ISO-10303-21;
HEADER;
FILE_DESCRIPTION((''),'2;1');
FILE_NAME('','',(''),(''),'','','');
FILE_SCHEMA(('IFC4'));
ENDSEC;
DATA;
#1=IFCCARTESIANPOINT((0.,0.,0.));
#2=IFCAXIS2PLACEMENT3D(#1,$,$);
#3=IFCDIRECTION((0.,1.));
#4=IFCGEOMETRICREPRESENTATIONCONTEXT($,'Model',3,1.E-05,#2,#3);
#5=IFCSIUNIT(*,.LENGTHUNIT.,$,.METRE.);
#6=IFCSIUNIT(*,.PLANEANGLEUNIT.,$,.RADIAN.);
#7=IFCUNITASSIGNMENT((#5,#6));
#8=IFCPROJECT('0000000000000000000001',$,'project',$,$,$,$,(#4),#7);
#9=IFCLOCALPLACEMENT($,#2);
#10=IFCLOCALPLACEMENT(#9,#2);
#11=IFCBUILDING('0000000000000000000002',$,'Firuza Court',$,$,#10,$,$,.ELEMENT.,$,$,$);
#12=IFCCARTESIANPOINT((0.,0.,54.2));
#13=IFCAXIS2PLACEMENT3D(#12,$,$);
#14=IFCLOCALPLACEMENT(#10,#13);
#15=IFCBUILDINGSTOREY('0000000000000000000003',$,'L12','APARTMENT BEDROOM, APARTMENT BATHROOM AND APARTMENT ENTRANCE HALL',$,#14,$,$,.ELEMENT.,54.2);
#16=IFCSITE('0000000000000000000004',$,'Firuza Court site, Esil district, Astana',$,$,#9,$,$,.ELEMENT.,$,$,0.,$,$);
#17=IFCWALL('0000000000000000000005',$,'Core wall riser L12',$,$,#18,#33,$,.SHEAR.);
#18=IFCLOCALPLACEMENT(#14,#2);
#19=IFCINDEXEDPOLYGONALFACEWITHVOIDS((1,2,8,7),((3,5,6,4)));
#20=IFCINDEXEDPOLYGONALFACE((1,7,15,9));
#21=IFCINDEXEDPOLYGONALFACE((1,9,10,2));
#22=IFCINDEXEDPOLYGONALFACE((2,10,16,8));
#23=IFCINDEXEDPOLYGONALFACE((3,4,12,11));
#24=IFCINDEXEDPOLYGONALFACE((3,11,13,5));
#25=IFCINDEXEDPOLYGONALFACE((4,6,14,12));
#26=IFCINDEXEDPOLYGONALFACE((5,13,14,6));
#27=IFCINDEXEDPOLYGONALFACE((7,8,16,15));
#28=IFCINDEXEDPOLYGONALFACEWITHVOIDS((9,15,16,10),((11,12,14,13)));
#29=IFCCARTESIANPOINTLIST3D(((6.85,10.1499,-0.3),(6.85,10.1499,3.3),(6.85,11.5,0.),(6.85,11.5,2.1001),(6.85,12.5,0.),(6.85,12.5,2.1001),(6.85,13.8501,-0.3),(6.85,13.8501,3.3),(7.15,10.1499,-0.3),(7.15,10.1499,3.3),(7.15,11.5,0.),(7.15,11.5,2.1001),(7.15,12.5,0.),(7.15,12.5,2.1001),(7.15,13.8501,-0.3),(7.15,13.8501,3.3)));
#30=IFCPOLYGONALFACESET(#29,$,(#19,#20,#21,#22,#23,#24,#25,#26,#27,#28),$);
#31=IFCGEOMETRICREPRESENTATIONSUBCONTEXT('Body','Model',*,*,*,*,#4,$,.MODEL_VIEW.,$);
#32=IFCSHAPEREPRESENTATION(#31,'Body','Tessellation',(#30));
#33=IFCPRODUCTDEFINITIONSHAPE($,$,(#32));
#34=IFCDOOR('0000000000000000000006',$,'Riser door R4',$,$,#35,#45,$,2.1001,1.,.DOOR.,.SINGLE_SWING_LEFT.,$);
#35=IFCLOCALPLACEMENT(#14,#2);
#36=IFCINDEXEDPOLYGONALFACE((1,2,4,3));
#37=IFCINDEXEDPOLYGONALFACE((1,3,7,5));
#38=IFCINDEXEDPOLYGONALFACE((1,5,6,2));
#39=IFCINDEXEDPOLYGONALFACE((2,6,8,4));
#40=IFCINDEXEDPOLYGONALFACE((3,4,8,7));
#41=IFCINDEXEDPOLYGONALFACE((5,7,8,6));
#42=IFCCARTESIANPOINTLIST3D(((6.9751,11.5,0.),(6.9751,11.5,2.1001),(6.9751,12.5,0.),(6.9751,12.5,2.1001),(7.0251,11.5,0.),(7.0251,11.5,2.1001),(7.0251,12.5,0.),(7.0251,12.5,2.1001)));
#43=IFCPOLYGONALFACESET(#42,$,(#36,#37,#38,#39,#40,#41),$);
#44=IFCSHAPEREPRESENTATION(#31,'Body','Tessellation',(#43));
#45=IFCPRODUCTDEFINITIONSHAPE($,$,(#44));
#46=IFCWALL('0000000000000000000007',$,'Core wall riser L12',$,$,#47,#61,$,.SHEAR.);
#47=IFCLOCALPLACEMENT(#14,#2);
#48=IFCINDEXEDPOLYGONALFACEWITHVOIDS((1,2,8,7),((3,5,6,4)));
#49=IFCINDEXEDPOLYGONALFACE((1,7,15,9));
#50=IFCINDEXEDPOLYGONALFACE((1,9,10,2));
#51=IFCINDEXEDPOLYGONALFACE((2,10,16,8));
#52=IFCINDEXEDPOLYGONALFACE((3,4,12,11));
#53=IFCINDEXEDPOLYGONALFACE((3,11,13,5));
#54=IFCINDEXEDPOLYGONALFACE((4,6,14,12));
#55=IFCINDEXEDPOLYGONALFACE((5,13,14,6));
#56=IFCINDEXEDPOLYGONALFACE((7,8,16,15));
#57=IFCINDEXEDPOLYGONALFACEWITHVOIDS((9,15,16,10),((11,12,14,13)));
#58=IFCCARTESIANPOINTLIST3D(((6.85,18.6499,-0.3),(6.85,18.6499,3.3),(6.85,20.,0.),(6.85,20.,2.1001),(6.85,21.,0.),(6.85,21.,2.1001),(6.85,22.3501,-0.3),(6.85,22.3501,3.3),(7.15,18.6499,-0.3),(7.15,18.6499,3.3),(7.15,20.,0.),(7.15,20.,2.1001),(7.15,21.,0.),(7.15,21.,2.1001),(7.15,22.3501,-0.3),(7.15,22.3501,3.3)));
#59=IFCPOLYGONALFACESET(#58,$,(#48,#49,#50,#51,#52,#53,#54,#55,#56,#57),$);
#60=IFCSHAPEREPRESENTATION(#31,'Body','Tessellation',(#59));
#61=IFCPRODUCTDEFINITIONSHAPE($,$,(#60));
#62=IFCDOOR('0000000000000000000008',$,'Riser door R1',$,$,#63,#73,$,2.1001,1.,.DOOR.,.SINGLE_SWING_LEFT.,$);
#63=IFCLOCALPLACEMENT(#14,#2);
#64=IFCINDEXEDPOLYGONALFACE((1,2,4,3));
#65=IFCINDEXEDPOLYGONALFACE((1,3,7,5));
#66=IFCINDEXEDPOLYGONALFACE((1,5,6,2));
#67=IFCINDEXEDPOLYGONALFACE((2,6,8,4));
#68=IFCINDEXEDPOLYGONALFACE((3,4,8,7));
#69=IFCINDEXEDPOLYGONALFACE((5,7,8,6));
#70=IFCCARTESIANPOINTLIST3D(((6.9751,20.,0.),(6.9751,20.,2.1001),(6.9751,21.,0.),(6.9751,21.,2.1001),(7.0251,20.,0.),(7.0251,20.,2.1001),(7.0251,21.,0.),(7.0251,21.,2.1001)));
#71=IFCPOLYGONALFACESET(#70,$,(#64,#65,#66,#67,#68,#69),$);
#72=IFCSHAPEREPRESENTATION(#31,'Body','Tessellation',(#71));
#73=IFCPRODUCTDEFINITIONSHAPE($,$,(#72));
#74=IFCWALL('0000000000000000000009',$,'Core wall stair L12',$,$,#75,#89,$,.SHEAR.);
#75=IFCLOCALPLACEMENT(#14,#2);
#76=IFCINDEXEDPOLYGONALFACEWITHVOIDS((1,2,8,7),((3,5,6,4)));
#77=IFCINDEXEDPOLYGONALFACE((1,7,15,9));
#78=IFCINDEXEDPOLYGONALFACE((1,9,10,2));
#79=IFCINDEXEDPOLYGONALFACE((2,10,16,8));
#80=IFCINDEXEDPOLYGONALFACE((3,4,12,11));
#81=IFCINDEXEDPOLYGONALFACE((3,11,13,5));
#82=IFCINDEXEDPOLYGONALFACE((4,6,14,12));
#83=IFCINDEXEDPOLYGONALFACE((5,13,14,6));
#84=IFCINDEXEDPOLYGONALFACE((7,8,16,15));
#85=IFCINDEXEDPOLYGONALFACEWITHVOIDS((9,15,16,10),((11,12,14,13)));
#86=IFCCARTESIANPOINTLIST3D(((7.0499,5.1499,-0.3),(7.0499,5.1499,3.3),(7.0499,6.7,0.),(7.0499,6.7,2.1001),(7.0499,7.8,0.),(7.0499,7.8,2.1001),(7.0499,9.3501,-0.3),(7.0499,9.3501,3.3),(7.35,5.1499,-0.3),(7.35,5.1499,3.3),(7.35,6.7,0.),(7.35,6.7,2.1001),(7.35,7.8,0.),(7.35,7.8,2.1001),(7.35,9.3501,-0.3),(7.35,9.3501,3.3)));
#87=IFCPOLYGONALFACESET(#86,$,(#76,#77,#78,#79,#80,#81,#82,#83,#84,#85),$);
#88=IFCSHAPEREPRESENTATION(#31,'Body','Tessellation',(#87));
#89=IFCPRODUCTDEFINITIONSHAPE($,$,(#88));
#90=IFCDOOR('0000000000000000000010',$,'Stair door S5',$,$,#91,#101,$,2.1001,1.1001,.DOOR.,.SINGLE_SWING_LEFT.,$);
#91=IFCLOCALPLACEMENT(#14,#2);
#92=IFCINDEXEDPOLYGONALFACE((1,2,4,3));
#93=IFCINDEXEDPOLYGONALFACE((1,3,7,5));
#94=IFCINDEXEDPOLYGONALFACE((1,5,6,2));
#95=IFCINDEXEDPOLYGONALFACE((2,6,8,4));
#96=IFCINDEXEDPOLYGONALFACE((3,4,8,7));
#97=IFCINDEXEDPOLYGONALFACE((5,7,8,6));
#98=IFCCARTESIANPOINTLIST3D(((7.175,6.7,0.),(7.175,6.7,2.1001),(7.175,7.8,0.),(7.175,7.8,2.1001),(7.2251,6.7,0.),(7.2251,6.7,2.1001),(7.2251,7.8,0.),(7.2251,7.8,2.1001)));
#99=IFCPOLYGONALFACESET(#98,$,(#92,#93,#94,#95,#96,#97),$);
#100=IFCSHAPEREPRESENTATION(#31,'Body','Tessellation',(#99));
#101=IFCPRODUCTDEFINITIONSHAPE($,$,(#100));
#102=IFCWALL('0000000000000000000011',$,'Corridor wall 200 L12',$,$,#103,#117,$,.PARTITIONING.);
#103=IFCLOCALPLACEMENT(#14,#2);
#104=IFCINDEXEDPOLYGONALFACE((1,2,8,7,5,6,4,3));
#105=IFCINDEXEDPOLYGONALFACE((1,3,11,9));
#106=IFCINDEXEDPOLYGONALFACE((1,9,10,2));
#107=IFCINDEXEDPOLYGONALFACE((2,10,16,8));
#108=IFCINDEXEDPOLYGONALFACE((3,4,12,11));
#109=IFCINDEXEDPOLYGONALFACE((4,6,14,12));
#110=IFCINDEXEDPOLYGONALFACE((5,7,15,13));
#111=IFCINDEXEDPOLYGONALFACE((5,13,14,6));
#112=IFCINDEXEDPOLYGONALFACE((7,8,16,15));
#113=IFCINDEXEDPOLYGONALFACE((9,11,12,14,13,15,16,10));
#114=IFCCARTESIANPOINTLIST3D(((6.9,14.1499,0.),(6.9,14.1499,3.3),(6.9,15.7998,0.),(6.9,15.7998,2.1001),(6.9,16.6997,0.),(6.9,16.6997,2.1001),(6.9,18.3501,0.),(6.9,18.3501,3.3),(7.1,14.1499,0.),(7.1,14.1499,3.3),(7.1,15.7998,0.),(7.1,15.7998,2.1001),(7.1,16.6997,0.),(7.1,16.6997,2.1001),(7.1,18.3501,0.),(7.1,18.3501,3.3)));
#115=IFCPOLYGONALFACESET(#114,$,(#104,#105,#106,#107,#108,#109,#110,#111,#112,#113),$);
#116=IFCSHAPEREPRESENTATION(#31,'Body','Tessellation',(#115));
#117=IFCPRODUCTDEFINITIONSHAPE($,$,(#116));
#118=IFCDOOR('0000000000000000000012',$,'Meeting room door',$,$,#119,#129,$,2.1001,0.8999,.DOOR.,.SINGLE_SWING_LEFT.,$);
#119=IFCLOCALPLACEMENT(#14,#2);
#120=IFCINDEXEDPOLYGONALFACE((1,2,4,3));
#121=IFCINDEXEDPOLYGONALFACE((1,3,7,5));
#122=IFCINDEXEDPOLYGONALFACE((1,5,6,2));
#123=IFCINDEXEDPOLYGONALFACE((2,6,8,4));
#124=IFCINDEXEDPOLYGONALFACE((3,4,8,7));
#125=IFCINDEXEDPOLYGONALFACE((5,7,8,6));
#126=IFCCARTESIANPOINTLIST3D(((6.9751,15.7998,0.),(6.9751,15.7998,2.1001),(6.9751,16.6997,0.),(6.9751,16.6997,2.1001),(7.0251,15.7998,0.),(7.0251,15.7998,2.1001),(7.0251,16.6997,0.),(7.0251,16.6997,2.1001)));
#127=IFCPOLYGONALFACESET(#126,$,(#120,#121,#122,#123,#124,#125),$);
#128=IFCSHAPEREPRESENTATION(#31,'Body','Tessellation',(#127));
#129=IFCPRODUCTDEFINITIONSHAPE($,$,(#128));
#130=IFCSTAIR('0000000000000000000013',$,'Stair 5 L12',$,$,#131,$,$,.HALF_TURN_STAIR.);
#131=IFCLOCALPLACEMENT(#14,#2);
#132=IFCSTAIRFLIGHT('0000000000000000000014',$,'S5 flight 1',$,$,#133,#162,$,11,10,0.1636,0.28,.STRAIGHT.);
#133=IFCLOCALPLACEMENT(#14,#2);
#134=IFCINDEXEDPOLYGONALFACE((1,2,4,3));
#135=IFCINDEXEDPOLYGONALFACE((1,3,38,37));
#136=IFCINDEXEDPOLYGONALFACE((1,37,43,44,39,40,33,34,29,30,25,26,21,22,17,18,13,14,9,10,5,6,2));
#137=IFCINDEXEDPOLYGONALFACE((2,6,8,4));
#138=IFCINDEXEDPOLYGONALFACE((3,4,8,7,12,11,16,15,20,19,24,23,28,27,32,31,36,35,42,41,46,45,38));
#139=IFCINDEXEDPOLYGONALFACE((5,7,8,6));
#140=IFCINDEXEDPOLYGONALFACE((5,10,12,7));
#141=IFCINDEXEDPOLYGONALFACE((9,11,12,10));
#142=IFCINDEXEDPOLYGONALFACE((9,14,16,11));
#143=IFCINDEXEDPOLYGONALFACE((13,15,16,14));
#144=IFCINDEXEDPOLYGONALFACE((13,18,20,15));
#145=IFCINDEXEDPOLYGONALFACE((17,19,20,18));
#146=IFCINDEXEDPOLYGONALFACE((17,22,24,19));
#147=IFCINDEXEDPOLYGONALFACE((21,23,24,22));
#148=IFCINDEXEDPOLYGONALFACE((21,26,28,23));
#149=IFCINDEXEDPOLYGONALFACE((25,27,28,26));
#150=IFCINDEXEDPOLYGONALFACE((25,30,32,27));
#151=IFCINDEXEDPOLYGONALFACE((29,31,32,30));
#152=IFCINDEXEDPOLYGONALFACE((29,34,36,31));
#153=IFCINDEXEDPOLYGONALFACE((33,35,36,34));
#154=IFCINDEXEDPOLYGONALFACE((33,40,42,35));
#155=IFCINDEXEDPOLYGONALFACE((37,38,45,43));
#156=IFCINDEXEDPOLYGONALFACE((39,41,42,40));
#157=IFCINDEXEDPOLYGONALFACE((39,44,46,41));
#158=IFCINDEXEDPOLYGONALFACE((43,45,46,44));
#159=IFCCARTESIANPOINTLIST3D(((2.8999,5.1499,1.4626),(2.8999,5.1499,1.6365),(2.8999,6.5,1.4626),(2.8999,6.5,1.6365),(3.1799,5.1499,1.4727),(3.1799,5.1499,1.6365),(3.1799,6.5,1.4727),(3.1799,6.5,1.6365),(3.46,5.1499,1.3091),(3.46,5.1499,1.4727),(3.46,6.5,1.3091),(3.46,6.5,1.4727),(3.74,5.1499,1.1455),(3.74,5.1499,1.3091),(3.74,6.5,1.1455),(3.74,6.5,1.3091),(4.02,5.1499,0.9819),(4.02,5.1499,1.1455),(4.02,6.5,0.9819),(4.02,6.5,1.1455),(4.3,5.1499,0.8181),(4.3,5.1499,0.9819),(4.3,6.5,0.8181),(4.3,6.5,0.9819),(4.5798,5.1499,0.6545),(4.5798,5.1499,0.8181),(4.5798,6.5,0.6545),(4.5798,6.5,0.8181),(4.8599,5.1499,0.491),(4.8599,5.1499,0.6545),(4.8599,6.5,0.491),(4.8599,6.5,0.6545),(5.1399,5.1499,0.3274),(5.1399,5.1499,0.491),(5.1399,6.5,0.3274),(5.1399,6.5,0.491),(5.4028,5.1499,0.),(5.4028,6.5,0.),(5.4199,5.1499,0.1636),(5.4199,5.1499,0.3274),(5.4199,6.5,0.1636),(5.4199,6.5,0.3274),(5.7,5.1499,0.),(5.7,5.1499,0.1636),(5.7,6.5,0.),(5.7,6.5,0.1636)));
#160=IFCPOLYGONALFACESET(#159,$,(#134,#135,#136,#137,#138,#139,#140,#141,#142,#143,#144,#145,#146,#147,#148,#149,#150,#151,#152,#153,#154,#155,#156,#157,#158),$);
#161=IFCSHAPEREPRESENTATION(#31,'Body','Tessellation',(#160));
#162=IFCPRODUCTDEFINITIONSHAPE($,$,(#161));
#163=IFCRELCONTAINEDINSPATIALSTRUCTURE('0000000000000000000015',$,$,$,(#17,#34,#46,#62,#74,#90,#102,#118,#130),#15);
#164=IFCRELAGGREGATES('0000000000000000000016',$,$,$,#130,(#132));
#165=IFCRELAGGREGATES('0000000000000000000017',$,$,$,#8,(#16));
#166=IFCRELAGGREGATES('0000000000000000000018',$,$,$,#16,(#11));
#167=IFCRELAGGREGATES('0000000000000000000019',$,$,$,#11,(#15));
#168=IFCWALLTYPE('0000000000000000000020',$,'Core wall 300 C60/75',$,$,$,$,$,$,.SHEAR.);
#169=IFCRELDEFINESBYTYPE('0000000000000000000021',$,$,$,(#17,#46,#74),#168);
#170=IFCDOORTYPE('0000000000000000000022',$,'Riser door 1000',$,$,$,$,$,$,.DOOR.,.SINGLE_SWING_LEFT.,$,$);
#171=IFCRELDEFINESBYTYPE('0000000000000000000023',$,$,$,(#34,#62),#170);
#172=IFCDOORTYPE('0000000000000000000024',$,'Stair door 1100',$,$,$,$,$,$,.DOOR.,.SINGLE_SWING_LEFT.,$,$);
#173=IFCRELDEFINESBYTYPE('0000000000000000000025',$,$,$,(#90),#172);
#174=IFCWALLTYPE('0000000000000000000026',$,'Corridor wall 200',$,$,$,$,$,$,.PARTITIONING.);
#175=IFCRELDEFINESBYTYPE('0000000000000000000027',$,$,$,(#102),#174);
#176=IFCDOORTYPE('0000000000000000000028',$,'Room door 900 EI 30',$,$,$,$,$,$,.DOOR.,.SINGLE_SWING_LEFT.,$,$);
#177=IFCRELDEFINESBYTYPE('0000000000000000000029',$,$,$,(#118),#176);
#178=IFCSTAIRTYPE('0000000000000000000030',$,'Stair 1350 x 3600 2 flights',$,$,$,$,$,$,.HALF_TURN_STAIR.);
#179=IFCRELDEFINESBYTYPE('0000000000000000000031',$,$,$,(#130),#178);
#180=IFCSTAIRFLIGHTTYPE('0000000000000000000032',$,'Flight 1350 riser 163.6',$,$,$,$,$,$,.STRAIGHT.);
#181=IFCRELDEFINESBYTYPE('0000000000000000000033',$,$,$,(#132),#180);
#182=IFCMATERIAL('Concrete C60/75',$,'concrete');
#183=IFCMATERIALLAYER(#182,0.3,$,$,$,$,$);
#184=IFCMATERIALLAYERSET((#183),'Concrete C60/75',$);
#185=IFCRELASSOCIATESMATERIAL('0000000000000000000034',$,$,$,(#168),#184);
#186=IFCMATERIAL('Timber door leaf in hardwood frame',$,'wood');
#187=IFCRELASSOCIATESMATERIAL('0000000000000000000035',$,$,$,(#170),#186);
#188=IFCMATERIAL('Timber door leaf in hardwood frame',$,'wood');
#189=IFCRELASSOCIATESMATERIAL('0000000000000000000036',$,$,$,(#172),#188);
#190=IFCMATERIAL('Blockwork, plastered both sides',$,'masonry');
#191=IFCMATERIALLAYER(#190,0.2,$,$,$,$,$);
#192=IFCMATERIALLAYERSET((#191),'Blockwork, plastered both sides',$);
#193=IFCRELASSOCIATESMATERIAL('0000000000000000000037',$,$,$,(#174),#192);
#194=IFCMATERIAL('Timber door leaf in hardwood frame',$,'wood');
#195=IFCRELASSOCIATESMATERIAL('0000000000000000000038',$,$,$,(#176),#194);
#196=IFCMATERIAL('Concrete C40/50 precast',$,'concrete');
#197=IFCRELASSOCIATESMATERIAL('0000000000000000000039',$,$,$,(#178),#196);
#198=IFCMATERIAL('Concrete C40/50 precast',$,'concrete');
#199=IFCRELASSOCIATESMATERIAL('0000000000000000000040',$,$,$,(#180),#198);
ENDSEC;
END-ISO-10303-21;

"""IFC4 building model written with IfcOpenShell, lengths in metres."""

from ifc_helpers import new_model, si_unit, direction, frame, frame_2d, origin, place, context, subcontext, project, spatial, polyline, rectangle, outline, extrude, material, layer, layer_set, type_object, element, fill, aggregate, save


model = new_model("IFC4")

# Units and contexts
model_context = context("Model", 3, precision=1e-05, world=origin(), true_north=direction((0.0, 1.0)))
body_context = subcontext(model_context, "Body", "Model", "MODEL_VIEW")
ifc_project = project(units=[si_unit("LENGTHUNIT", "METRE"), si_unit("PLANEANGLEUNIT", "RADIAN")], contexts=[model_context])

# Site, building, storey
site_placement = place(None, origin())
site = spatial("IfcSite", under=ifc_project, at=site_placement, Name="Firuza Court site, Esil district, Astana", CompositionType="ELEMENT", RefElevation=0.0)
building_placement = place(site_placement, origin())
building = spatial("IfcBuilding", under=site, at=building_placement, Name="Firuza Court", CompositionType="ELEMENT")
storey_placement = place(building_placement, frame((0.0, 0.0, 54.2)))
storey = spatial("IfcBuildingStorey", under=building, at=storey_placement, Name="L12", Description="APARTMENT BEDROOM, APARTMENT BATHROOM AND APARTMENT ENTRANCE HALL", CompositionType="ELEMENT", Elevation=54.2)

# Shared definitions
ifc_material_1 = material(Name="Concrete C60/75", Category="concrete")
ifc_layer_1 = layer(ifc_material_1, 0.3)
ifc_layer_set_1 = layer_set([ifc_layer_1], Name="Concrete C60/75")
wall_type_1 = type_object("IfcWallType", Name="Core wall 300 C60/75", PredefinedType="SHEAR", material=ifc_layer_set_1)

# Walls, openings, doors
wall_1_placement = place(storey_placement, frame((7.0, 10.1499, -0.3), z_axis=(0.0, 0.0, 1.0), x_axis=(0.0, 1.0, 0.0)))
wall_1 = element("IfcWall", 1, at=wall_1_placement, inside=storey, type_object=wall_type_1, Name="Core wall riser L12", PredefinedType="SHEAR", context=body_context, shape_type="SweptSolid", body=[
    extrude(rectangle(XDim=3.7002, YDim=0.3, at=frame_2d((1.8501, 0.0))), origin(), (0.0, 0.0, 1.0), 3.6001),
])
opening_1_placement = place(wall_1_placement, frame((1.3501, 0.0, 0.3)))
opening_1 = element("IfcOpeningElement", 2, at=opening_1_placement, cuts=wall_1, PredefinedType="OPENING", context=body_context, shape_type="SweptSolid", body=[
    extrude(rectangle(XDim=1.0, YDim=2.1001, at=frame_2d((0.5, 1.05))), frame((0.0, 0.1621, 0.0), z_axis=(0.0, -1.0, 0.0), x_axis=(1.0, 0.0, 0.0)), (0.0, 0.0, 1.0), 0.324),
])
ifc_material_2 = material(Name="Timber door leaf in hardwood frame", Category="wood")
door_type_1 = type_object("IfcDoorType", Name="Riser door 1000", OperationType="SINGLE_SWING_LEFT", PredefinedType="DOOR", material=ifc_material_2)
door_1_placement = place(opening_1_placement, origin())
door_1 = element("IfcDoor", 3, at=door_1_placement, inside=storey, type_object=door_type_1, Name="Riser door R4", OperationType="SINGLE_SWING_LEFT", OverallHeight=2.1001, OverallWidth=1.0, PredefinedType="DOOR", context=body_context, shape_type="SweptSolid", body=[
    extrude(rectangle(XDim=1.0, YDim=2.1001, at=frame_2d((0.5, 1.05))), frame((0.0, 0.0249, 0.0), z_axis=(0.0, -1.0, 0.0), x_axis=(1.0, 0.0, 0.0)), (0.0, 0.0, 1.0), 0.05),
])
fill(opening_1, door_1)
wall_2_placement = place(storey_placement, frame((7.0, 18.6499, -0.3), z_axis=(0.0, 0.0, 1.0), x_axis=(0.0, 1.0, 0.0)))
wall_2 = element("IfcWall", 4, at=wall_2_placement, inside=storey, type_object=wall_type_1, Name="Core wall riser L12", PredefinedType="SHEAR", context=body_context, shape_type="SweptSolid", body=[
    extrude(rectangle(XDim=3.7002, YDim=0.3, at=frame_2d((1.8501, 0.0))), origin(), (0.0, 0.0, 1.0), 3.6001),
])
opening_2_placement = place(wall_2_placement, frame((1.3501, 0.0, 0.3)))
opening_2 = element("IfcOpeningElement", 5, at=opening_2_placement, cuts=wall_2, PredefinedType="OPENING", context=body_context, shape_type="SweptSolid", body=[
    extrude(rectangle(XDim=1.0, YDim=2.1001, at=frame_2d((0.5, 1.05))), frame((0.0, 0.1621, 0.0), z_axis=(0.0, -1.0, 0.0), x_axis=(1.0, 0.0, 0.0)), (0.0, 0.0, 1.0), 0.324),
])
door_2_placement = place(opening_2_placement, origin())
door_2 = element("IfcDoor", 6, at=door_2_placement, inside=storey, type_object=door_type_1, Name="Riser door R1", OperationType="SINGLE_SWING_LEFT", OverallHeight=2.1001, OverallWidth=1.0, PredefinedType="DOOR", context=body_context, shape_type="SweptSolid", body=[
    extrude(rectangle(XDim=1.0, YDim=2.1001, at=frame_2d((0.5, 1.05))), frame((0.0, 0.0249, 0.0), z_axis=(0.0, -1.0, 0.0), x_axis=(1.0, 0.0, 0.0)), (0.0, 0.0, 1.0), 0.05),
])
fill(opening_2, door_2)
wall_3_placement = place(storey_placement, frame((7.2, 5.1499, -0.3), z_axis=(0.0, 0.0, 1.0), x_axis=(0.0, 1.0, 0.0)))
wall_3 = element("IfcWall", 7, at=wall_3_placement, inside=storey, type_object=wall_type_1, Name="Core wall stair L12", PredefinedType="SHEAR", context=body_context, shape_type="SweptSolid", body=[
    extrude(rectangle(XDim=4.2002, YDim=0.3, at=frame_2d((2.1001, 0.0))), origin(), (0.0, 0.0, 1.0), 3.6001),
])
opening_3_placement = place(wall_3_placement, frame((1.55, 0.0, 0.3)))
opening_3 = element("IfcOpeningElement", 8, at=opening_3_placement, cuts=wall_3, PredefinedType="OPENING", context=body_context, shape_type="SweptSolid", body=[
    extrude(rectangle(XDim=1.1001, YDim=2.1001, at=frame_2d((0.55, 1.05))), frame((0.0, 0.1621, 0.0), z_axis=(0.0, -1.0, 0.0), x_axis=(1.0, 0.0, 0.0)), (0.0, 0.0, 1.0), 0.324),
])
ifc_material_3 = material(Name="Timber door leaf in hardwood frame", Category="wood")
door_type_2 = type_object("IfcDoorType", Name="Stair door 1100", OperationType="SINGLE_SWING_LEFT", PredefinedType="DOOR", material=ifc_material_3)
door_3_placement = place(opening_3_placement, origin())
door_3 = element("IfcDoor", 9, at=door_3_placement, inside=storey, type_object=door_type_2, Name="Stair door S5", OperationType="SINGLE_SWING_LEFT", OverallHeight=2.1001, OverallWidth=1.1001, PredefinedType="DOOR", context=body_context, shape_type="SweptSolid", body=[
    extrude(rectangle(XDim=1.1001, YDim=2.1001, at=frame_2d((0.55, 1.05))), frame((0.0, 0.0249, 0.0), z_axis=(0.0, -1.0, 0.0), x_axis=(1.0, 0.0, 0.0)), (0.0, 0.0, 1.0), 0.05),
])
fill(opening_3, door_3)
ifc_material_4 = material(Name="Blockwork, plastered both sides", Category="masonry")
ifc_layer_2 = layer(ifc_material_4, 0.2)
ifc_layer_set_2 = layer_set([ifc_layer_2], Name="Blockwork, plastered both sides")
wall_type_2 = type_object("IfcWallType", Name="Corridor wall 200", PredefinedType="PARTITIONING", material=ifc_layer_set_2)
wall_4_placement = place(storey_placement, frame((7.0, 14.1499, 0.0), z_axis=(0.0, 0.0, 1.0), x_axis=(0.0, 1.0, 0.0)))
wall_4 = element("IfcWall", 10, at=wall_4_placement, inside=storey, type_object=wall_type_2, Name="Corridor wall 200 L12", PredefinedType="PARTITIONING", context=body_context, shape_type="SweptSolid", body=[
    extrude(rectangle(XDim=4.2002, YDim=0.2, at=frame_2d((2.1001, 0.0))), origin(), (0.0, 0.0, 1.0), 3.3),
])
opening_4_placement = place(wall_4_placement, frame((1.6499, 0.0, 0.0)))
opening_4 = element("IfcOpeningElement", 11, at=opening_4_placement, cuts=wall_4, PredefinedType="OPENING", context=body_context, shape_type="SweptSolid", body=[
    extrude(rectangle(XDim=0.8999, YDim=2.1001, at=frame_2d((0.45, 1.05))), frame((0.0, 0.1118, 0.0), z_axis=(0.0, -1.0, 0.0), x_axis=(1.0, 0.0, 0.0)), (0.0, 0.0, 1.0), 0.2239),
])
ifc_material_5 = material(Name="Timber door leaf in hardwood frame", Category="wood")
door_type_3 = type_object("IfcDoorType", Name="Room door 900 EI 30", OperationType="SINGLE_SWING_LEFT", PredefinedType="DOOR", material=ifc_material_5)
door_4_placement = place(opening_4_placement, origin())
door_4 = element("IfcDoor", 12, at=door_4_placement, inside=storey, type_object=door_type_3, Name="Meeting room door", OperationType="SINGLE_SWING_LEFT", OverallHeight=2.1001, OverallWidth=0.8999, PredefinedType="DOOR", context=body_context, shape_type="SweptSolid", body=[
    extrude(rectangle(XDim=0.8999, YDim=2.1001, at=frame_2d((0.45, 1.05))), frame((0.0, 0.0249, 0.0), z_axis=(0.0, -1.0, 0.0), x_axis=(1.0, 0.0, 0.0)), (0.0, 0.0, 1.0), 0.05),
])
fill(opening_4, door_4)

# Stair, stair flight
ifc_material_6 = material(Name="Concrete C40/50 precast", Category="concrete")
stair_type = type_object("IfcStairType", Name="Stair 1350 x 3600 2 flights", PredefinedType="HALF_TURN_STAIR", material=ifc_material_6)
stair_placement = place(storey_placement, origin())
stair = element("IfcStair", 13, at=stair_placement, inside=storey, type_object=stair_type, Name="Stair 5 L12", PredefinedType="HALF_TURN_STAIR")
ifc_material_7 = material(Name="Concrete C40/50 precast", Category="concrete")
stair_flight_type = type_object("IfcStairFlightType", Name="Flight 1350 riser 163.6", PredefinedType="STRAIGHT", material=ifc_material_7)
stair_flight_1_placement = place(storey_placement, frame((5.7, 5.825, 0.0), z_axis=(0.0, 0.0, 1.0), x_axis=(-1.0, 0.0, 0.0)))
stair_flight_1 = element("IfcStairFlight", 14, at=stair_flight_1_placement, type_object=stair_flight_type, Name="S5 flight 1", NumberOfRisers=11, NumberOfTreads=10, PredefinedType="STRAIGHT", RiserHeight=0.1636, TreadLength=0.28, context=body_context, shape_type="SweptSolid", body=[
    extrude(outline(polyline([(0.0, 0.0), (0.0, 0.1636), (0.28, 0.1636), (0.28, 0.3274), (0.5601, 0.3274), (0.5601, 0.491), (0.8401, 0.491), (0.8401, 0.6545), (1.1201, 0.6545), (1.1201, 0.8181), (1.3999, 0.8181), (1.3999, 0.9819), (1.6799, 0.9819), (1.6799, 1.1455), (1.96, 1.1455), (1.96, 1.3091), (2.24, 1.3091), (2.24, 1.4727), (2.52, 1.4727), (2.52, 1.6365), (2.8, 1.6365), (2.8, 1.8), (2.8, 1.4626), (0.2971, 0.0), (0.0, 0.0)])), frame((0.0, 0.675, 0.0), z_axis=(0.0, -1.0, 0.0), x_axis=(1.0, 0.0, 0.0)), (0.0, 0.0, 1.0), 1.3501),
])
aggregate(stair, [stair_flight_1])

save(model, "model.ifc")
